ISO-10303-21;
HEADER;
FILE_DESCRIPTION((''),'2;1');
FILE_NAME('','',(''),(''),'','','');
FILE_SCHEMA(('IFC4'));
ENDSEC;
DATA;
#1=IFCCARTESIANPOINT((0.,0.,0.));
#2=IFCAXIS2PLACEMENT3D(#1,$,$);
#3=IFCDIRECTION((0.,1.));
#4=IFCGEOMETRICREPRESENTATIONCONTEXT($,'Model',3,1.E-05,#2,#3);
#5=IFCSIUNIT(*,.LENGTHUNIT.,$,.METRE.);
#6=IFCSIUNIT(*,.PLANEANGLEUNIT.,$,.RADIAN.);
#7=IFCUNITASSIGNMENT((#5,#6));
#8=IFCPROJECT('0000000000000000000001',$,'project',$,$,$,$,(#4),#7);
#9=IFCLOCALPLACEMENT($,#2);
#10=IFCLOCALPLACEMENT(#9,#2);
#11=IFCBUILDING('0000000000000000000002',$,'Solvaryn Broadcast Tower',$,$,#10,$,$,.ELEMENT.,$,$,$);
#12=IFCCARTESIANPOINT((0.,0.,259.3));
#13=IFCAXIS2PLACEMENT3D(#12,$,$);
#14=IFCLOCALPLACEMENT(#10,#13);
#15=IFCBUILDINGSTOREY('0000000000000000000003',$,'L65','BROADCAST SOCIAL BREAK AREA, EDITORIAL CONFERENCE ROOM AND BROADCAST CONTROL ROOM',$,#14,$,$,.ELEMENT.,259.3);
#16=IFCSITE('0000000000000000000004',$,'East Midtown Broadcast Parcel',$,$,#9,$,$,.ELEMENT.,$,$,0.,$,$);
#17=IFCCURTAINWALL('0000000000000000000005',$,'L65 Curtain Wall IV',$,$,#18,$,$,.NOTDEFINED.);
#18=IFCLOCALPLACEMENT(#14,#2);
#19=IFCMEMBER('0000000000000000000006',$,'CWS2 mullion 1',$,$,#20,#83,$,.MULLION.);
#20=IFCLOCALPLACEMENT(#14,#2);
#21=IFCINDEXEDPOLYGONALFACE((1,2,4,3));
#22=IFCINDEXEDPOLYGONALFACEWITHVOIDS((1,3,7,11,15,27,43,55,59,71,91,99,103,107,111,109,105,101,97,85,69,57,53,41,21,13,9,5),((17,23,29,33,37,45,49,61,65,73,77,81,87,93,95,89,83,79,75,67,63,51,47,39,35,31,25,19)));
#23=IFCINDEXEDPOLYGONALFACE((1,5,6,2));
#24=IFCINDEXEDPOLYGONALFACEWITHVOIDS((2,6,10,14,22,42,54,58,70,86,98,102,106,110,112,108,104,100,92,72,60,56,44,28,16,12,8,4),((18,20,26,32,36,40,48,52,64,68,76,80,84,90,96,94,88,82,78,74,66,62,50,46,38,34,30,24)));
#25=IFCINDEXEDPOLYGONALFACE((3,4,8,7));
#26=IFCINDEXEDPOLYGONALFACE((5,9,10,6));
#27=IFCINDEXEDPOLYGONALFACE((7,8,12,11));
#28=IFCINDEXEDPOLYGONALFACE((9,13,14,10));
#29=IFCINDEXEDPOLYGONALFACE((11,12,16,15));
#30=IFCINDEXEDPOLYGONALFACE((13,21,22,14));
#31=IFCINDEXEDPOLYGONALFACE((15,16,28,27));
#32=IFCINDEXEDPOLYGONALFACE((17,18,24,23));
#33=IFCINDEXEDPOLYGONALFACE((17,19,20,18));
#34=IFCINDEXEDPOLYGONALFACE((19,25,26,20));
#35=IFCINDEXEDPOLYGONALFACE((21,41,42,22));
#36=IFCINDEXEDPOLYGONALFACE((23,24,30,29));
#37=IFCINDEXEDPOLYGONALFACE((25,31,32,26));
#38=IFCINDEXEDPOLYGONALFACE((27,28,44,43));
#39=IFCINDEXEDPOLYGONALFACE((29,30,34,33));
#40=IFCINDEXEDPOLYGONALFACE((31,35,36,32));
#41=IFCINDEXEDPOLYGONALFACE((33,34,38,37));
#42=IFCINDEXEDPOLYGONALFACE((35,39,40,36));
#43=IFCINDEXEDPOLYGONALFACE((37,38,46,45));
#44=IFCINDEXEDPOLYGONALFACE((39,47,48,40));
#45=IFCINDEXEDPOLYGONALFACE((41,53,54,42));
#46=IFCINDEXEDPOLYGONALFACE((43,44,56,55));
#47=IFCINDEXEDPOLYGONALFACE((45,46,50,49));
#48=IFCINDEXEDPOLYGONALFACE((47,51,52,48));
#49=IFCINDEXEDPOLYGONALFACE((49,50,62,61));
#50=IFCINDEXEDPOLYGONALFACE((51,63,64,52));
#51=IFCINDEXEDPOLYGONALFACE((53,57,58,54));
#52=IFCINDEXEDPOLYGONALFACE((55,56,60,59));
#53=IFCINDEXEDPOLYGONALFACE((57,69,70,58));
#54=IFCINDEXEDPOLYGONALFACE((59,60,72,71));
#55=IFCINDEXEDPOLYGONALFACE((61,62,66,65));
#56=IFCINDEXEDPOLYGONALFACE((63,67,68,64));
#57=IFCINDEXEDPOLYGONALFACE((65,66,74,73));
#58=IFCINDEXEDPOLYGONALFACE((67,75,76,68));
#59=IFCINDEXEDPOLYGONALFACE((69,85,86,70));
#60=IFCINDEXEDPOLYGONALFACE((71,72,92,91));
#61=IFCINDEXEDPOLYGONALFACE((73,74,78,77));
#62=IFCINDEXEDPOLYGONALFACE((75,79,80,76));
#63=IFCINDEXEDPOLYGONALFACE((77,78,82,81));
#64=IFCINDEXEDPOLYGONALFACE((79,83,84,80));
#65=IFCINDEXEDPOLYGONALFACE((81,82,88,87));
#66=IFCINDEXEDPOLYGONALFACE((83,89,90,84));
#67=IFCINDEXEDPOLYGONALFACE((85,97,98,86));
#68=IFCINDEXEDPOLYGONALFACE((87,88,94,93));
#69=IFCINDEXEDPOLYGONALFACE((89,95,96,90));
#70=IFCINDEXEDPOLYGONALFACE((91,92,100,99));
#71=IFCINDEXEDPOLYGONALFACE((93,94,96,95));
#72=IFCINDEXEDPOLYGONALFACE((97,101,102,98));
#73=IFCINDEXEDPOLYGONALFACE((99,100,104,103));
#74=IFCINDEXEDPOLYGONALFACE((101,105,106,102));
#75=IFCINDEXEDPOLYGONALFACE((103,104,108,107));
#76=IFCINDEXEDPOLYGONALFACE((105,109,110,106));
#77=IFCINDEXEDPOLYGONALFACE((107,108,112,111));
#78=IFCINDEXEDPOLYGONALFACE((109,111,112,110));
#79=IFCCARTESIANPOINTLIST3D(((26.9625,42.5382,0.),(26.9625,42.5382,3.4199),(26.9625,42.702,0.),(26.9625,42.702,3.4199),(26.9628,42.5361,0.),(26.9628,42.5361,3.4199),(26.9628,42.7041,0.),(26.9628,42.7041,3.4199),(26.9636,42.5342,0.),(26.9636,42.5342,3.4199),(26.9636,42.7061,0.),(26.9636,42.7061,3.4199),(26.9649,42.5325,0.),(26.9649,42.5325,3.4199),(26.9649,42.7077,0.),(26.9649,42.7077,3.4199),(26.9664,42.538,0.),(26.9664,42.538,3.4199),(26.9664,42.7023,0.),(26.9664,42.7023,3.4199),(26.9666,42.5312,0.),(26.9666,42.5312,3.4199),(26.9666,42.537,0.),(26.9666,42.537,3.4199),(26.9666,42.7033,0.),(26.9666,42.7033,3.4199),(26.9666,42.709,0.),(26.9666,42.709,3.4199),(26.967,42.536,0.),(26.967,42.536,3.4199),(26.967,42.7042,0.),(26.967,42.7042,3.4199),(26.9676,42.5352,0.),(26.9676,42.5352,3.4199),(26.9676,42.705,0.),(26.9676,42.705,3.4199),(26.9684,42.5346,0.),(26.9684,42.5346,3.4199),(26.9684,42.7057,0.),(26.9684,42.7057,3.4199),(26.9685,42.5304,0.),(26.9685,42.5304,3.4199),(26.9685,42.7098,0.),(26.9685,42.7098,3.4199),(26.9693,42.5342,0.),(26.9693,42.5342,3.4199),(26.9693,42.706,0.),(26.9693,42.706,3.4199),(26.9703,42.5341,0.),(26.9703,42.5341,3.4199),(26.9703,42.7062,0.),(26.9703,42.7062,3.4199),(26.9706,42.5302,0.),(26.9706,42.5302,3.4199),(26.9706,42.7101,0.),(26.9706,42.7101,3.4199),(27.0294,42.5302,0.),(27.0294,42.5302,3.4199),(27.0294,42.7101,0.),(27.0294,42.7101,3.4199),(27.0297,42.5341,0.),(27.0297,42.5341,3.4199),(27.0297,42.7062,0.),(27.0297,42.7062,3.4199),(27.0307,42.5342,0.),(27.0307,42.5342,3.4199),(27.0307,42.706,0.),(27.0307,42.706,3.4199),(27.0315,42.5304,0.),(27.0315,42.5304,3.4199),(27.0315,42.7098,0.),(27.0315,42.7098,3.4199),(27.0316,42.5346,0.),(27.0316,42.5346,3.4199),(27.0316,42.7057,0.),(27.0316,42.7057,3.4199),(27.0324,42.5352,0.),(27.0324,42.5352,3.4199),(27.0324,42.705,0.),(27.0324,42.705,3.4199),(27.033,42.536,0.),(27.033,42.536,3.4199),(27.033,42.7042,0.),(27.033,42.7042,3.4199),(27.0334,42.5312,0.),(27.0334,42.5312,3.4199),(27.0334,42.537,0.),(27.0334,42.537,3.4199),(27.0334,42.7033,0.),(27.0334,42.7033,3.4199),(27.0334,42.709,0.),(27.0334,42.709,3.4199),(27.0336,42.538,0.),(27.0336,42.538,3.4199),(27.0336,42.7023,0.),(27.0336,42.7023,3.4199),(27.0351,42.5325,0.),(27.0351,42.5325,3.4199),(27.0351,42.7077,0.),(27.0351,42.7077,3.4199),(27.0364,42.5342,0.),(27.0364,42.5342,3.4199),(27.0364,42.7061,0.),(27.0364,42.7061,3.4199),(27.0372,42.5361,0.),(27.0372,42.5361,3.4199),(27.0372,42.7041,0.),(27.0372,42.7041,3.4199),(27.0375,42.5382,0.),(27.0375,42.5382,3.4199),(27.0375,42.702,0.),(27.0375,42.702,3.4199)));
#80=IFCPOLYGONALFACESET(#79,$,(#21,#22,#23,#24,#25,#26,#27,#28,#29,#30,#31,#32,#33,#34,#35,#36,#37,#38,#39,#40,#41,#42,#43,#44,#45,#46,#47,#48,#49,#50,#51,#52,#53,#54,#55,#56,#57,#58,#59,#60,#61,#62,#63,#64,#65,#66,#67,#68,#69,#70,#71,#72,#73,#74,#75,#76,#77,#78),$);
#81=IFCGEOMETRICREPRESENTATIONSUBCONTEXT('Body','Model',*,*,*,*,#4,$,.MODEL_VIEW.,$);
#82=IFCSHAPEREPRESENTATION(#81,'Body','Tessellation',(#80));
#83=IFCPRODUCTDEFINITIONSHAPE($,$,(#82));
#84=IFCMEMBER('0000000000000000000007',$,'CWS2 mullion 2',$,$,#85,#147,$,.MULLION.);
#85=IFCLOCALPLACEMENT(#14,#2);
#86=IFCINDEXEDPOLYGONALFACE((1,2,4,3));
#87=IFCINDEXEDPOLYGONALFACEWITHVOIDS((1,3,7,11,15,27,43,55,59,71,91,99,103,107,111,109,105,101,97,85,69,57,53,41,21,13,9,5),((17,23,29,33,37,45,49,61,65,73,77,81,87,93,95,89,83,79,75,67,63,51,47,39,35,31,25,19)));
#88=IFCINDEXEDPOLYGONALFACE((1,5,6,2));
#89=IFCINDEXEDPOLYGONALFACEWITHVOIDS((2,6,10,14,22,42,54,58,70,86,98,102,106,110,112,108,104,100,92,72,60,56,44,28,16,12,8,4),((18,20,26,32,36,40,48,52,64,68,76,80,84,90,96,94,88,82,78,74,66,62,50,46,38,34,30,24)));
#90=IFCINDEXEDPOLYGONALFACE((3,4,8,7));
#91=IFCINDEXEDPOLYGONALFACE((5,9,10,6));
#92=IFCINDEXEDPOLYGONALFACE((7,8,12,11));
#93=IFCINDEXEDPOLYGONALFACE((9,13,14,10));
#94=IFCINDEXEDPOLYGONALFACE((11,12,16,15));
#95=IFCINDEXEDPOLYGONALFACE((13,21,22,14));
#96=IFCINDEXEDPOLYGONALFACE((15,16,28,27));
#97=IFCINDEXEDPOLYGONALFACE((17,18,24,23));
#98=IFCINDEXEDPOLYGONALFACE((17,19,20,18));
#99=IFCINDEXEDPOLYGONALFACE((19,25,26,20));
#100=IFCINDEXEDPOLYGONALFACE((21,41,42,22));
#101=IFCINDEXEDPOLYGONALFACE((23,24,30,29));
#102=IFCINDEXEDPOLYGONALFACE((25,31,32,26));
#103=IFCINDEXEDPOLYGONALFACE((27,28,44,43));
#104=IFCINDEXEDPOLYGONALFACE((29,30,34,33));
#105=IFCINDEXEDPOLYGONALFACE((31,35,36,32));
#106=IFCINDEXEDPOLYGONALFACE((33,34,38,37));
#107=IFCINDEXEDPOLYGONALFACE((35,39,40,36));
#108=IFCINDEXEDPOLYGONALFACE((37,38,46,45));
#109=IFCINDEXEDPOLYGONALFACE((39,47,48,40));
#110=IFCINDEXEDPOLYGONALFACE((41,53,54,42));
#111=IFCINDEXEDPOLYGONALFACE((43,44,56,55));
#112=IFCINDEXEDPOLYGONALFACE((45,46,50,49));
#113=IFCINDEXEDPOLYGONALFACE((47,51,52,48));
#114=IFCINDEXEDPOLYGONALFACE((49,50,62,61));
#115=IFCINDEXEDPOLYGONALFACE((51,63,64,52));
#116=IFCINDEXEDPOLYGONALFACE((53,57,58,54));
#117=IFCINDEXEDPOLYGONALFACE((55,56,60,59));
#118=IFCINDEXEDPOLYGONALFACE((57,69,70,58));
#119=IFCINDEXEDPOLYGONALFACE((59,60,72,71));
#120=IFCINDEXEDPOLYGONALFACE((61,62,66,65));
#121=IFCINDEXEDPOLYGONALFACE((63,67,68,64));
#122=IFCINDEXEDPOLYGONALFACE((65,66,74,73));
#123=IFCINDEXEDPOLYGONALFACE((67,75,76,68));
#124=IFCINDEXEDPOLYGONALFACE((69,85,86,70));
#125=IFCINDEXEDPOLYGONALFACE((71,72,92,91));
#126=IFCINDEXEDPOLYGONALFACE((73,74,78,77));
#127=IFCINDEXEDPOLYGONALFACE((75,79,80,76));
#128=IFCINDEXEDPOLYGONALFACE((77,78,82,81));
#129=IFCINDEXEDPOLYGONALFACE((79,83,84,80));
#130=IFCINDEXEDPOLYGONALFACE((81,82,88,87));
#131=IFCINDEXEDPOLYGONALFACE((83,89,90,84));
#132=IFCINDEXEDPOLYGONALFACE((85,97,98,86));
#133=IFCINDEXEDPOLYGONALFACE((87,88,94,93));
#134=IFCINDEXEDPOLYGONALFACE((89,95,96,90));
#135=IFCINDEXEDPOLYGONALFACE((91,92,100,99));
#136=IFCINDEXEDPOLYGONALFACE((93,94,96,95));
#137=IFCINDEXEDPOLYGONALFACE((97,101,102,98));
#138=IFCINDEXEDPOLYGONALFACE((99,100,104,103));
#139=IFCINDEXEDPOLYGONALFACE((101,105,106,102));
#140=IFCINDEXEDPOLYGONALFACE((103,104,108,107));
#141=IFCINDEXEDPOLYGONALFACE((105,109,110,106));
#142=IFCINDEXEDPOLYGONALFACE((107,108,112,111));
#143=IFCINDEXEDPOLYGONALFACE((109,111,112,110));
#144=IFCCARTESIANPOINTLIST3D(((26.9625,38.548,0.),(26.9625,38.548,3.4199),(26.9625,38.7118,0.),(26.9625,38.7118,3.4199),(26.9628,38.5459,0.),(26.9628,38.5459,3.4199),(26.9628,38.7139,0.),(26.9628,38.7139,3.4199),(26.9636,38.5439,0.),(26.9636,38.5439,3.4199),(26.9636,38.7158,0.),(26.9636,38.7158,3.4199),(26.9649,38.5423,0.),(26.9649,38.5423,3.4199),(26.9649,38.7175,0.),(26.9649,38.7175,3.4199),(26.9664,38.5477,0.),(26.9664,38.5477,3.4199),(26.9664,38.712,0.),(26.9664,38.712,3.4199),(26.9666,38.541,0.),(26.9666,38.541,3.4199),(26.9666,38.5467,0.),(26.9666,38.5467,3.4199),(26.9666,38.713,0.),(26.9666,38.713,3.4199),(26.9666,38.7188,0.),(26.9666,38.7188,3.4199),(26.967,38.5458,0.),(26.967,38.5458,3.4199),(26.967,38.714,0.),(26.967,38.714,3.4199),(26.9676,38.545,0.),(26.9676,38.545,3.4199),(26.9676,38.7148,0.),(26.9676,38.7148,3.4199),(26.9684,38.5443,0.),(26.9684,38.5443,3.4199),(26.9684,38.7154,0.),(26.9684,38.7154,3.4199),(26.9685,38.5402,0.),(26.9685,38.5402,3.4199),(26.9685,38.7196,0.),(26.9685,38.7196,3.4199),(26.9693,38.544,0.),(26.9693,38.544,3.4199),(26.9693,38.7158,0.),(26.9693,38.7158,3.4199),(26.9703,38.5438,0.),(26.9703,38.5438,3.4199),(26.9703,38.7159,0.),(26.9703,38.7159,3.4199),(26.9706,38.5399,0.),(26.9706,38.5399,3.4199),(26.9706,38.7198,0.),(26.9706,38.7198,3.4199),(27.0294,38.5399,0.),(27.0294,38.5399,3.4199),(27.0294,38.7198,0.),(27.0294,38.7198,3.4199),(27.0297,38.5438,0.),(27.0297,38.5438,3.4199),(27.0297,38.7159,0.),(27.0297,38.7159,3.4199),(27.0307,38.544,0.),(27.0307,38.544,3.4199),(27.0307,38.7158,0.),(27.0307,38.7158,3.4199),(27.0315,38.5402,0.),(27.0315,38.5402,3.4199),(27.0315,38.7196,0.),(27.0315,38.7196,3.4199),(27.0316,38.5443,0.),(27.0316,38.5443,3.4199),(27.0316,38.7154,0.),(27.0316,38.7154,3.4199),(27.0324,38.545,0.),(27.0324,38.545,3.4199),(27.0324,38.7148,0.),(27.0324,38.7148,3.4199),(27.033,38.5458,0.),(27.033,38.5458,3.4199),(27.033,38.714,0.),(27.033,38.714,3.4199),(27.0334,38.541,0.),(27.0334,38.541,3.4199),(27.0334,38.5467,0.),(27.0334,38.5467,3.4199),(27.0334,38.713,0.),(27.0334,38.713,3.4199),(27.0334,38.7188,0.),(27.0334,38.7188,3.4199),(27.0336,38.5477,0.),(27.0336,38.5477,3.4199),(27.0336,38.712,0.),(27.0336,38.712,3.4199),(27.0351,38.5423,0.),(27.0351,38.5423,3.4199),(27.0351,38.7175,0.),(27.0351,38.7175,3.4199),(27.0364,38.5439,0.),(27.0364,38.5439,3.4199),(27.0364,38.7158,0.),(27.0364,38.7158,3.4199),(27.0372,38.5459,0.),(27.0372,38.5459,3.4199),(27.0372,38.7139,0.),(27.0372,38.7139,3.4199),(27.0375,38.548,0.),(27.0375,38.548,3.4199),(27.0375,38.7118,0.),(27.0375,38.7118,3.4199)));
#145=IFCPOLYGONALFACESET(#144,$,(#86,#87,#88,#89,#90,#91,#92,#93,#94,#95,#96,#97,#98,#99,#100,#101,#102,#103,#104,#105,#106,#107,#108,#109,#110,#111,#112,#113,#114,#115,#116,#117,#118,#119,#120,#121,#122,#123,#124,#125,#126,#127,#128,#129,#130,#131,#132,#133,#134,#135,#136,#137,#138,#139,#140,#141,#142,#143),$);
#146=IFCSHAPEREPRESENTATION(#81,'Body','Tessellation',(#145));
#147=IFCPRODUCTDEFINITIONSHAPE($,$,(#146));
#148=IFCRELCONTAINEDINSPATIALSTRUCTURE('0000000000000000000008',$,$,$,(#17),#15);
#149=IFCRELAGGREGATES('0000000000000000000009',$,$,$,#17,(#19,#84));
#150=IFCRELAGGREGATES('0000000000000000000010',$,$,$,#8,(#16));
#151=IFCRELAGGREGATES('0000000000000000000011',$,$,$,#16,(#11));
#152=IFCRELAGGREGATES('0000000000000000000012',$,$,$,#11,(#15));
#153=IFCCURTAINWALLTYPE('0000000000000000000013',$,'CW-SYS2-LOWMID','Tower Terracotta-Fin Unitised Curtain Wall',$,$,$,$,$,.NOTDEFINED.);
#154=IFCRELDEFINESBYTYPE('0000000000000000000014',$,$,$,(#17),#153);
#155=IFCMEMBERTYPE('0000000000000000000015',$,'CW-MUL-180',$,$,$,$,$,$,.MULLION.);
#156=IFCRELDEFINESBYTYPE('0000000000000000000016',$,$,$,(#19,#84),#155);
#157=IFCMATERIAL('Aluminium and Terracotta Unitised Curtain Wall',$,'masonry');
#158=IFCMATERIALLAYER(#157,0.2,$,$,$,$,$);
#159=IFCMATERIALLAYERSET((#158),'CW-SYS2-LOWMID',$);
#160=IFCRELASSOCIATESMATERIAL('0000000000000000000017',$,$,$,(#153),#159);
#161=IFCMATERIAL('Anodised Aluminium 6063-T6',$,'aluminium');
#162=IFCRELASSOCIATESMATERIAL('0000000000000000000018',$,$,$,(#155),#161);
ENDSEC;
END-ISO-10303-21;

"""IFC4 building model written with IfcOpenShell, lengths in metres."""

from ifc_helpers import new_model, si_unit, direction, frame, origin, origin_2d, place, context, subcontext, project, spatial, hollow_rectangle, extrude, material, layer, layer_set, material_profile, profile_set, type_object, element, aggregate, save


model = new_model("IFC4")

# Units and contexts
model_context = context("Model", 3, precision=1e-05, world=origin(), true_north=direction((0.0, 1.0)))
body_context = subcontext(model_context, "Body", "Model", "MODEL_VIEW")
ifc_project = project(units=[si_unit("LENGTHUNIT", "METRE"), si_unit("PLANEANGLEUNIT", "RADIAN")], contexts=[model_context])

# Site, building, storey
site_placement = place(None, origin())
site = spatial("IfcSite", under=ifc_project, at=site_placement, Name="East Midtown Broadcast Parcel", CompositionType="ELEMENT", RefElevation=0.0)
building_placement = place(site_placement, origin())
building = spatial("IfcBuilding", under=site, at=building_placement, Name="Solvaryn Broadcast Tower", CompositionType="ELEMENT")
storey_placement = place(building_placement, frame((0.0, 0.0, 259.3)))
storey = spatial("IfcBuildingStorey", under=building, at=storey_placement, Name="L65", Description="BROADCAST SOCIAL BREAK AREA, EDITORIAL CONFERENCE ROOM AND BROADCAST CONTROL ROOM", CompositionType="ELEMENT", Elevation=259.3)

# Curtain wall, members
ifc_material_1 = material(Name="Aluminium and Terracotta Unitised Curtain Wall", Category="masonry")
ifc_layer_1 = layer(ifc_material_1, 0.2)
ifc_layer_set_1 = layer_set([ifc_layer_1], Name="CW-SYS2-LOWMID")
curtain_wall_type = type_object("IfcCurtainWallType", Name="CW-SYS2-LOWMID", Description="Tower Terracotta-Fin Unitised Curtain Wall", PredefinedType="NOTDEFINED", material=ifc_layer_set_1)
curtain_wall_1_placement = place(storey_placement, origin())
curtain_wall_1 = element("IfcCurtainWall", 1, at=curtain_wall_1_placement, inside=storey, type_object=curtain_wall_type, Name="L65 Curtain Wall IV", PredefinedType="NOTDEFINED")
ifc_material_2 = material(Name="Anodised Aluminium 6063-T6", Category="aluminium")
ifc_material_profile_1 = material_profile(ifc_material_2, hollow_rectangle(XDim=0.075, YDim=0.1799, WallThickness=0.0039, InnerFilletRadius=0.0039, OuterFilletRadius=0.0081, at=origin_2d()))
ifc_profile_set_1 = profile_set([ifc_material_profile_1], Name="Anodised Aluminium 6063-T6")
member_type_1 = type_object("IfcMemberType", Name="CW-MUL-180", PredefinedType="MULLION", material=ifc_profile_set_1)
member_1_placement = place(storey_placement, frame((27.0, 42.6201, 0.0), z_axis=(0.0, 0.0, 1.0), x_axis=(1.0, 0.0, 0.0)))
member_1 = element("IfcMember", 2, at=member_1_placement, type_object=member_type_1, Name="CWS2 mullion 1", PredefinedType="MULLION", context=body_context, shape_type="SweptSolid", body=[
    extrude(hollow_rectangle(XDim=0.075, YDim=0.1799, WallThickness=0.0039, InnerFilletRadius=0.0039, OuterFilletRadius=0.0081, at=origin_2d()), origin(), (0.0, 0.0, 1.0), 3.4199),
])
member_2_placement = place(storey_placement, frame((27.0, 38.6299, 0.0), z_axis=(0.0, 0.0, 1.0), x_axis=(1.0, 0.0, 0.0)))
member_2 = element("IfcMember", 3, at=member_2_placement, type_object=member_type_1, Name="CWS2 mullion 2", PredefinedType="MULLION", context=body_context, shape_type="SweptSolid", body=[
    extrude(hollow_rectangle(XDim=0.075, YDim=0.1799, WallThickness=0.0039, InnerFilletRadius=0.0039, OuterFilletRadius=0.0081, at=origin_2d()), origin(), (0.0, 0.0, 1.0), 3.4199),
])

aggregate(curtain_wall_1, [member_1, member_2])

save(model, "model.ifc")
